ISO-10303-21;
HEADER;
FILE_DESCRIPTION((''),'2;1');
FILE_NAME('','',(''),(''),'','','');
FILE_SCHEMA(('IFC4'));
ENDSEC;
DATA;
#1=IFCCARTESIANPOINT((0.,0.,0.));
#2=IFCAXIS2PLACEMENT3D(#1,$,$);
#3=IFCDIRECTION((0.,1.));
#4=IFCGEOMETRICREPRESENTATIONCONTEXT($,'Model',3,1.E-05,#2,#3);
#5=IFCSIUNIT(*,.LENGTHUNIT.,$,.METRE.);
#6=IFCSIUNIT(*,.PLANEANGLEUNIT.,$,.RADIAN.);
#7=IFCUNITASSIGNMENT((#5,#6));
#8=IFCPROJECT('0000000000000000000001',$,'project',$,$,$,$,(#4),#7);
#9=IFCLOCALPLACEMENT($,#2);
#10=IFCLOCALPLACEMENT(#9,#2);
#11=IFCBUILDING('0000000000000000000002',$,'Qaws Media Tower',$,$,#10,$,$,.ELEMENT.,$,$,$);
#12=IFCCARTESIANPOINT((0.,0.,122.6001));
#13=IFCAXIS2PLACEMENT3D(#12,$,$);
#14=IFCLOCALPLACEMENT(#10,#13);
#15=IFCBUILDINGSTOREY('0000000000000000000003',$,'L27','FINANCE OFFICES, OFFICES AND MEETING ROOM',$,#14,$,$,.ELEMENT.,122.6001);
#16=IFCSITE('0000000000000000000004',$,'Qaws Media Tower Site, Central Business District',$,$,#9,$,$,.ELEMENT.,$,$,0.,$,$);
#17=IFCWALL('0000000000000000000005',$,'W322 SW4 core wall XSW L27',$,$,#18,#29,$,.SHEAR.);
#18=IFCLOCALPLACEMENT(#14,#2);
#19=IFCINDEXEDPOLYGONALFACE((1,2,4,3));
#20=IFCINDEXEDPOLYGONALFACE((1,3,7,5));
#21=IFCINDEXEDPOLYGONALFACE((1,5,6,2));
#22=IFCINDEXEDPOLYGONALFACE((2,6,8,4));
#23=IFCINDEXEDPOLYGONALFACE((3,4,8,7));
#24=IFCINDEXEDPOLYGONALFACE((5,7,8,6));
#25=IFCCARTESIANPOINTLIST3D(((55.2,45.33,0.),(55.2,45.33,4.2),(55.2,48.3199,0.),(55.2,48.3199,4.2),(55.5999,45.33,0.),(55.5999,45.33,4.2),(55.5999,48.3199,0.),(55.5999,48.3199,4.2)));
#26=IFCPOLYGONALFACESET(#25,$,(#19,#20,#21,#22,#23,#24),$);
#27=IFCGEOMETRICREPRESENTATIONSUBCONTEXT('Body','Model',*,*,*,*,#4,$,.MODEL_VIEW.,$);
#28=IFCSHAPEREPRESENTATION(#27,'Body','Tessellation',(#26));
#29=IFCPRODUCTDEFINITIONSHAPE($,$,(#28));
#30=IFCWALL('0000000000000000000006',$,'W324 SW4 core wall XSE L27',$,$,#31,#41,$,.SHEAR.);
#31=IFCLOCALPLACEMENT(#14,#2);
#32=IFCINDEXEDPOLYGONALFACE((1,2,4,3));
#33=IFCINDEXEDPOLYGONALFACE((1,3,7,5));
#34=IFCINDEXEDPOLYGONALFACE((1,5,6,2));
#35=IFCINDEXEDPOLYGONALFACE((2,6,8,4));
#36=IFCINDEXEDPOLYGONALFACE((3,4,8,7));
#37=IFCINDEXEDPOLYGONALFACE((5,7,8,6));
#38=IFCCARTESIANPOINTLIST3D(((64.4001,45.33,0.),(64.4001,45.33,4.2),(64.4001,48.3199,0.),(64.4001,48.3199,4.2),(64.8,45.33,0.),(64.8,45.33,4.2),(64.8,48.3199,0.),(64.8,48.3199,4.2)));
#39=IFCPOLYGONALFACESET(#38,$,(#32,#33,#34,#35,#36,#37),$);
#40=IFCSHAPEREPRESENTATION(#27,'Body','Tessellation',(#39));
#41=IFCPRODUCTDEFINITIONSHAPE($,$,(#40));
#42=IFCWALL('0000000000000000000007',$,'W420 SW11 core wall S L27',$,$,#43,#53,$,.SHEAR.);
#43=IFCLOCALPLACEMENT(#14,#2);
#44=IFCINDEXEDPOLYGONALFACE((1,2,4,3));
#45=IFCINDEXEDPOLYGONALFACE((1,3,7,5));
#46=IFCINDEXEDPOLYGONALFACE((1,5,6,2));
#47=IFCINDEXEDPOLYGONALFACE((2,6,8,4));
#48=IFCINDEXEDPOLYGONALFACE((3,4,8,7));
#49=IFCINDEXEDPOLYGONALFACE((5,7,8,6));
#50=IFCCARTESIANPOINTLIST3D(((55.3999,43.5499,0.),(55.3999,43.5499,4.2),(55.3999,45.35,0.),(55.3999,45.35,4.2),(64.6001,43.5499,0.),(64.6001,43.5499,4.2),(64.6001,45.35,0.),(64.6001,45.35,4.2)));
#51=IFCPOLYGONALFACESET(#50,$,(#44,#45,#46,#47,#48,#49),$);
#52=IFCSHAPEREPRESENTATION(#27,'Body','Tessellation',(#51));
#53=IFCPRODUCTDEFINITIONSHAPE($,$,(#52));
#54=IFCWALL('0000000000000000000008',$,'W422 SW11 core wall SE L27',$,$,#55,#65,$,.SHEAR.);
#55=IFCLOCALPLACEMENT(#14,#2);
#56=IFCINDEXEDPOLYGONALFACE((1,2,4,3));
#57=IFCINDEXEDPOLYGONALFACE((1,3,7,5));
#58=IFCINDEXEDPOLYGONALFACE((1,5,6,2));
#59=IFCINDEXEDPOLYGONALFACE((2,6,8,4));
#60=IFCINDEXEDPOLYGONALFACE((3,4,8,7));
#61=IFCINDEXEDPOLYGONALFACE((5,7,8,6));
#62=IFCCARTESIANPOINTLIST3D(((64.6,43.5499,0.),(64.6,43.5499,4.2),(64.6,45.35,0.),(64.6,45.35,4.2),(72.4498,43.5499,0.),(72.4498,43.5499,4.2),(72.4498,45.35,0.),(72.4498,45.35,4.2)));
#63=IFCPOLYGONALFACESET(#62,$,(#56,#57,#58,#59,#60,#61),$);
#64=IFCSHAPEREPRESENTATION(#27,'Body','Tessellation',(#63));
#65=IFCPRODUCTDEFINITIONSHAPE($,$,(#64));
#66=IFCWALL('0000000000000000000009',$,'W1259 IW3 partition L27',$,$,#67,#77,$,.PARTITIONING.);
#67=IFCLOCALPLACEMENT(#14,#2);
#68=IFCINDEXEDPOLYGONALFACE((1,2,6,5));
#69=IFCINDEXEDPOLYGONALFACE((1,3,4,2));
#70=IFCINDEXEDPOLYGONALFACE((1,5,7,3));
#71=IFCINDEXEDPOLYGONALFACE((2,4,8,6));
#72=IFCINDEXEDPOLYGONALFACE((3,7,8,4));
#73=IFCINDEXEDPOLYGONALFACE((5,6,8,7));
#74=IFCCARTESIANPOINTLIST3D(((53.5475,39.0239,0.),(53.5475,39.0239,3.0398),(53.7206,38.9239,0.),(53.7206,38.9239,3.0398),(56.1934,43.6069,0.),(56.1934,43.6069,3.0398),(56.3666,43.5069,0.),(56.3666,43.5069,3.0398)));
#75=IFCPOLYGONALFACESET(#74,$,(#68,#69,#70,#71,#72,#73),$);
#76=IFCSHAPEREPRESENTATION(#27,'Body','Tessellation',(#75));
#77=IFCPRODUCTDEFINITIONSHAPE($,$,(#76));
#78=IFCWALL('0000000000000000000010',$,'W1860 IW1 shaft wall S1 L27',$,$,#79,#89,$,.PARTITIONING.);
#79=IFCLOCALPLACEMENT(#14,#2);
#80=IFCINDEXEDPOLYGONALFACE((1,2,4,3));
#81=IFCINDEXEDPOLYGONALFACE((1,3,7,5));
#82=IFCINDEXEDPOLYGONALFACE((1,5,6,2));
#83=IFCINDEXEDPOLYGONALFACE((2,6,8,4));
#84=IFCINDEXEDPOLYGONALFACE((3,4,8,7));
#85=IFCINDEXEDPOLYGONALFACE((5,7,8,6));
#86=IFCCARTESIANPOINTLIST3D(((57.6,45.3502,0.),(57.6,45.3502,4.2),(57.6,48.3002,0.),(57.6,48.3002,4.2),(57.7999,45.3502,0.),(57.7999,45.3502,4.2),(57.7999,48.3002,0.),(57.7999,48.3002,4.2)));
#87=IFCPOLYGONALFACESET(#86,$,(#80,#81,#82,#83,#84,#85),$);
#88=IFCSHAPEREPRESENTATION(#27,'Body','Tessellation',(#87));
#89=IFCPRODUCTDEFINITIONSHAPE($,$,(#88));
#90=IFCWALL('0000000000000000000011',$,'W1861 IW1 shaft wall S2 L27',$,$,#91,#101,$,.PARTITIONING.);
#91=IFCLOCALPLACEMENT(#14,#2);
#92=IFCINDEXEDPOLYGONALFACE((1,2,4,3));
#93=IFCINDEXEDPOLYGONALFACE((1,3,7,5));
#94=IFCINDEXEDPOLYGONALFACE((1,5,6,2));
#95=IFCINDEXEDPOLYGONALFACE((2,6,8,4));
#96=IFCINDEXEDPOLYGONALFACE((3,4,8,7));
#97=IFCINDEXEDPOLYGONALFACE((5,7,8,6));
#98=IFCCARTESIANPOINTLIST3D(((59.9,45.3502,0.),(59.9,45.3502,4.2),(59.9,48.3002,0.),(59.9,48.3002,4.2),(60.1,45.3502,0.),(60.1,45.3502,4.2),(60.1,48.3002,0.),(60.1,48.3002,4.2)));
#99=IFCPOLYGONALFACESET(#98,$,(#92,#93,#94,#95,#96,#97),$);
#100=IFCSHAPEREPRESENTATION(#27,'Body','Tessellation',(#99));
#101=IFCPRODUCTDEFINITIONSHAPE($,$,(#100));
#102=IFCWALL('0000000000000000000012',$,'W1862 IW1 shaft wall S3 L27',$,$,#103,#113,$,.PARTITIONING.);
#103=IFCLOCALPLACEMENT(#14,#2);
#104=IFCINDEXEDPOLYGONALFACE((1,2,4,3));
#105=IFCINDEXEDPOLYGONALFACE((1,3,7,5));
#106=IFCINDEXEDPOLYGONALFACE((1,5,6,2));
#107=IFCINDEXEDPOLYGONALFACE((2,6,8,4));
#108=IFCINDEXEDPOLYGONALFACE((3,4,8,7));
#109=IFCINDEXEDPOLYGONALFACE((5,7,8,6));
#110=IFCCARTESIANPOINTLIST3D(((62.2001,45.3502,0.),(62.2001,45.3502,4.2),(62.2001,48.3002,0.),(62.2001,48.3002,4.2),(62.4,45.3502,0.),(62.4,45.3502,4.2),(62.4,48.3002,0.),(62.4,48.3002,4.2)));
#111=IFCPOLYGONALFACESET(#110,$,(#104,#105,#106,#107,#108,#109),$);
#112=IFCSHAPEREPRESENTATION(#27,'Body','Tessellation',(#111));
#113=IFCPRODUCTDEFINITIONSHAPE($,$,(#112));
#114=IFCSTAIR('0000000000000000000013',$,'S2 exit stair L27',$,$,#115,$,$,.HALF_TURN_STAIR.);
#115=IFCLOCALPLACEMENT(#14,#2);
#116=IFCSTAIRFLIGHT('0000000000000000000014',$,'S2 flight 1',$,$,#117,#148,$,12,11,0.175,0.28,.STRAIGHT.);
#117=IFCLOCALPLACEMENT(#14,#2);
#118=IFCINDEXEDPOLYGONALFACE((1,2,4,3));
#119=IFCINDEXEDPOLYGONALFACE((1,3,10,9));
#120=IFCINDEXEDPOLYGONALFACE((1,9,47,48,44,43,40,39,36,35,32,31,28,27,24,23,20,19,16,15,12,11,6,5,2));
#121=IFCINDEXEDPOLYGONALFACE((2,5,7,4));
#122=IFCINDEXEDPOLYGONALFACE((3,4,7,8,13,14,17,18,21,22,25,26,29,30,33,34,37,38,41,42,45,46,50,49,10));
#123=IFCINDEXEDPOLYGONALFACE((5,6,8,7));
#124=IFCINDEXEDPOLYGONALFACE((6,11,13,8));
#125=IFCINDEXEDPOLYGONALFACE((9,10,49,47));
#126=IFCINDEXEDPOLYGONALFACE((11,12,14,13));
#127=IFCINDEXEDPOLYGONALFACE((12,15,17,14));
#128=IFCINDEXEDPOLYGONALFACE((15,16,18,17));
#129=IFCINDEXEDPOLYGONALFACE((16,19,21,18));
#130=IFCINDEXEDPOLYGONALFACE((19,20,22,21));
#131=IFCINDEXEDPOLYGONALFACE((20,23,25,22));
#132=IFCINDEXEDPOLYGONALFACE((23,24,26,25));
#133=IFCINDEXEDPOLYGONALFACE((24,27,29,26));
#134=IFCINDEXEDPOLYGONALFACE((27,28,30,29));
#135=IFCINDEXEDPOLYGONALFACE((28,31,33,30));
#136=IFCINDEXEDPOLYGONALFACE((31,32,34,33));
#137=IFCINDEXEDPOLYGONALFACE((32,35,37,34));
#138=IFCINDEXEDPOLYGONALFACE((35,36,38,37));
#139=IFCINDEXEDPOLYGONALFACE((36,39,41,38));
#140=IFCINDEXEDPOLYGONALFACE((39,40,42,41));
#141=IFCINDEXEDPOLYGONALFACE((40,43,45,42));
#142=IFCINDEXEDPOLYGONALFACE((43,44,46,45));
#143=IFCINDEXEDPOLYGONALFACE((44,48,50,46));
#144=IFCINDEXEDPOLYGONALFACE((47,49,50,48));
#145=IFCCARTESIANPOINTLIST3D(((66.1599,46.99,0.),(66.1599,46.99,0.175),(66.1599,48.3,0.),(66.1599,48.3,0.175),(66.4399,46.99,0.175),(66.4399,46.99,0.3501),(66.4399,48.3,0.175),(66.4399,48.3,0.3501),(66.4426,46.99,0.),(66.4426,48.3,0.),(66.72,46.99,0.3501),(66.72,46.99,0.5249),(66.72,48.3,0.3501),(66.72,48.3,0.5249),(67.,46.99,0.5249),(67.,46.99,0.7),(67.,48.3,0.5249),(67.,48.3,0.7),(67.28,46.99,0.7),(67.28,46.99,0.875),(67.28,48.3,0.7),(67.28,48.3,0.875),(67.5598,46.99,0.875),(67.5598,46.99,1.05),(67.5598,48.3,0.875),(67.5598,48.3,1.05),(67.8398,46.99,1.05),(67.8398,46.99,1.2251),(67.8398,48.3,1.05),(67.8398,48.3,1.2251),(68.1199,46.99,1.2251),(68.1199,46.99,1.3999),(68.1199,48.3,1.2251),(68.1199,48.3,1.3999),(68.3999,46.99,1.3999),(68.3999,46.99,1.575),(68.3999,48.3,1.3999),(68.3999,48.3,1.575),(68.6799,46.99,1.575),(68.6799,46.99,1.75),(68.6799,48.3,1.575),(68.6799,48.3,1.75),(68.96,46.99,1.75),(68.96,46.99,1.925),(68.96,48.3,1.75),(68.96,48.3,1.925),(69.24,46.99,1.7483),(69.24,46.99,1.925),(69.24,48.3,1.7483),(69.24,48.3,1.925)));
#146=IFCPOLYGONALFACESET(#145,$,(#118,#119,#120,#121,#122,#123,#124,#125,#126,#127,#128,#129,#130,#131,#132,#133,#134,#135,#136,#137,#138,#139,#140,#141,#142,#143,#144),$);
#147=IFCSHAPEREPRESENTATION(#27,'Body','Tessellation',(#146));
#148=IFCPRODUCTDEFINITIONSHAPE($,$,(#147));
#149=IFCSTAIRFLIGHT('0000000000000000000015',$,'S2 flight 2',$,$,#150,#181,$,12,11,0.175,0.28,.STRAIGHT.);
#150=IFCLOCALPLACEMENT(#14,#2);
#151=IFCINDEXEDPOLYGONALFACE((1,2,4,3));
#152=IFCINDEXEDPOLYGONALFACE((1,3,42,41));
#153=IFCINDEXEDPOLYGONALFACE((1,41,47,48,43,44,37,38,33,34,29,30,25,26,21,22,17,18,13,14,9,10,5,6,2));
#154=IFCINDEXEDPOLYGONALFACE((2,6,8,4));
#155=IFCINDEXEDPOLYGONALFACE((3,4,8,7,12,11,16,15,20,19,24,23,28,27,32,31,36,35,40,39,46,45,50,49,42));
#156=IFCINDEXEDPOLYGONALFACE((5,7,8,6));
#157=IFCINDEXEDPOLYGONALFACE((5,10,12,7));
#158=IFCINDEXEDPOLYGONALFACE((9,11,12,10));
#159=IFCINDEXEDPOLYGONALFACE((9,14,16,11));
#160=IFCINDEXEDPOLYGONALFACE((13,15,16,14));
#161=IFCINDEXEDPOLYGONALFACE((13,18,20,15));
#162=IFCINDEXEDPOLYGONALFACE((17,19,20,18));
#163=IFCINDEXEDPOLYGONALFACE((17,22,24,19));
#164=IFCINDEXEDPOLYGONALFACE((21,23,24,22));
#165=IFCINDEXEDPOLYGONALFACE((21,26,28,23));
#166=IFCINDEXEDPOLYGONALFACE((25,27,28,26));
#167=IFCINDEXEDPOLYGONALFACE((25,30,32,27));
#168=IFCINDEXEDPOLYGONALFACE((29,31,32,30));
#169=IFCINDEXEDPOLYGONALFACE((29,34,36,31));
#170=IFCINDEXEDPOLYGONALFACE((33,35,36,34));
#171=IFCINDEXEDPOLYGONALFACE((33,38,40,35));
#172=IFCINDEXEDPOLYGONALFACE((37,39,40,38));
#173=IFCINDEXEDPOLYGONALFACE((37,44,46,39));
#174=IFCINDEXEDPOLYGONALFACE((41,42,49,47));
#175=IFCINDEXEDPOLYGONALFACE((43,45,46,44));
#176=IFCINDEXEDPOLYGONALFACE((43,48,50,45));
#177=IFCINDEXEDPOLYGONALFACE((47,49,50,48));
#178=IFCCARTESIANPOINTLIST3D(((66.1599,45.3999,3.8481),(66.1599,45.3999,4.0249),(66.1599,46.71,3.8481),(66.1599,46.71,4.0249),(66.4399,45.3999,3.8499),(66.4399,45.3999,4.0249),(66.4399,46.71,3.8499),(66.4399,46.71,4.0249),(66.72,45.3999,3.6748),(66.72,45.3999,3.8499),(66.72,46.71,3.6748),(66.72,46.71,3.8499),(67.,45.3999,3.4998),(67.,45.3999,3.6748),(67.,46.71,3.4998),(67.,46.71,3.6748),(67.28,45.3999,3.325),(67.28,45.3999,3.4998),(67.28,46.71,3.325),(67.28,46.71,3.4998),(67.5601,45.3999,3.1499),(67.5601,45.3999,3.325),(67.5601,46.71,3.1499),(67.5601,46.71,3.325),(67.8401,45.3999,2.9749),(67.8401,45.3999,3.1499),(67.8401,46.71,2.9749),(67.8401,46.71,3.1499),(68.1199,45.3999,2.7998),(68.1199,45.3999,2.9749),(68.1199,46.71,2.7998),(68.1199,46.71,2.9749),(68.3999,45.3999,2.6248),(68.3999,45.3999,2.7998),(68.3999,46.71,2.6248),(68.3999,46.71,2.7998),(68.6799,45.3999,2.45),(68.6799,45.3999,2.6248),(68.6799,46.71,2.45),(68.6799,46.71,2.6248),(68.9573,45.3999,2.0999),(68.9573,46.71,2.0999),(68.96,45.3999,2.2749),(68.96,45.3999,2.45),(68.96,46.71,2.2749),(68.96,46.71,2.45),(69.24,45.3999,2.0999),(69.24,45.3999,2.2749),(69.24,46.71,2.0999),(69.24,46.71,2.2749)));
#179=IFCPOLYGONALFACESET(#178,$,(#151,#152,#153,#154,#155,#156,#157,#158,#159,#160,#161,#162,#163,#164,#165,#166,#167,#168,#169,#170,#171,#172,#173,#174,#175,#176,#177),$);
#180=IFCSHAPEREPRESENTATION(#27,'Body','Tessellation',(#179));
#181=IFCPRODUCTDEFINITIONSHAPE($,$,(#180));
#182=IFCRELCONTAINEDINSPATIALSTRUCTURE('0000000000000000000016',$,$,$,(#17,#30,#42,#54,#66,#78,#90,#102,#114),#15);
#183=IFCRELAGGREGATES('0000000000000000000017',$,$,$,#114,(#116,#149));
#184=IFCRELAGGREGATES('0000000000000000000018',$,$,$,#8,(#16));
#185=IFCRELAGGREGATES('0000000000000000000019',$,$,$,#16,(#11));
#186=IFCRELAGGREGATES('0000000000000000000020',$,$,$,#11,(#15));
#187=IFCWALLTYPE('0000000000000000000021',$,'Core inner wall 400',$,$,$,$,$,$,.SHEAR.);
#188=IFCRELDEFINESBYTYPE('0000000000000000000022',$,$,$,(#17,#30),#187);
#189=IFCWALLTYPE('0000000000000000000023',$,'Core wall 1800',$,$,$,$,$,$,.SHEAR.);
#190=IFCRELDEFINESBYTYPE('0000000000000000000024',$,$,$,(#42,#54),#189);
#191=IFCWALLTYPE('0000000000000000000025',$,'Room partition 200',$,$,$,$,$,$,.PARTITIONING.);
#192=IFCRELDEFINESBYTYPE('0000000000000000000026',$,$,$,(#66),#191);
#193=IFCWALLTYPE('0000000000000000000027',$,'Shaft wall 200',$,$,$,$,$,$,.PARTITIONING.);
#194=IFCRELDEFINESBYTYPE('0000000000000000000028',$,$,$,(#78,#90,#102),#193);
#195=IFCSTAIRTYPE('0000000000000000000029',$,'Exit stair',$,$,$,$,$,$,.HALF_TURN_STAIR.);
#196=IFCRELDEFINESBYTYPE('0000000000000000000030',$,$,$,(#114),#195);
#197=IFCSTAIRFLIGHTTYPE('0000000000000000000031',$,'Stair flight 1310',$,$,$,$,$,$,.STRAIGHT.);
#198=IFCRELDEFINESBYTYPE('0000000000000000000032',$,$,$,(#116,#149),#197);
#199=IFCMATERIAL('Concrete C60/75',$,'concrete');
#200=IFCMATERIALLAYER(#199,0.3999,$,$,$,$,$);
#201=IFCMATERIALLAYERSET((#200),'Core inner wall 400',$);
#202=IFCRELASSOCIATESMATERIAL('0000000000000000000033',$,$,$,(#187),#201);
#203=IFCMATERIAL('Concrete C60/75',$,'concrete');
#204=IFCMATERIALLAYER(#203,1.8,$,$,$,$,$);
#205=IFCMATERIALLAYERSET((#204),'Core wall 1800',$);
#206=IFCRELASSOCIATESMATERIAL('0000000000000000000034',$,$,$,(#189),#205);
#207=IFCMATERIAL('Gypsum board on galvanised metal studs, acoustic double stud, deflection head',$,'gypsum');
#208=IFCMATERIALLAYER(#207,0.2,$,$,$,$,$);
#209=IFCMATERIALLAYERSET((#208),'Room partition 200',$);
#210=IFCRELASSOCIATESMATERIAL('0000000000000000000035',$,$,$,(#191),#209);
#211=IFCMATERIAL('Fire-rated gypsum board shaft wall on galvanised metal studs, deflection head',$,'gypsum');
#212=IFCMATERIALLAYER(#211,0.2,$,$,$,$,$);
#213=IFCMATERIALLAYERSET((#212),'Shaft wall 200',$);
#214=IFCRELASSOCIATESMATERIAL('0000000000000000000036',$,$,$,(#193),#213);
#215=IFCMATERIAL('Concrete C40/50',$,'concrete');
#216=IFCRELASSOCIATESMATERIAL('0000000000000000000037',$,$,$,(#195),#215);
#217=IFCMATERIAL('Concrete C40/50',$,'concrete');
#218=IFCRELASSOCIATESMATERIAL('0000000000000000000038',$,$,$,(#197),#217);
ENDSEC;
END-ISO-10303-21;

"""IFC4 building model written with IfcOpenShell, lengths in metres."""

from ifc_helpers import new_model, si_unit, direction, frame, frame_2d, origin, place, context, subcontext, project, spatial, polyline, rectangle, outline, extrude, material, layer, layer_set, type_object, element, aggregate, save


model = new_model("IFC4")

# Units and contexts
model_context = context("Model", 3, precision=1e-05, world=origin(), true_north=direction((0.0, 1.0)))
body_context = subcontext(model_context, "Body", "Model", "MODEL_VIEW")
ifc_project = project(units=[si_unit("LENGTHUNIT", "METRE"), si_unit("PLANEANGLEUNIT", "RADIAN")], contexts=[model_context])

# Site, building, storey
site_placement = place(None, origin())
site = spatial("IfcSite", under=ifc_project, at=site_placement, Name="Qaws Media Tower Site, Central Business District", CompositionType="ELEMENT", RefElevation=0.0)
building_placement = place(site_placement, origin())
building = spatial("IfcBuilding", under=site, at=building_placement, Name="Qaws Media Tower", CompositionType="ELEMENT")
storey_placement = place(building_placement, frame((0.0, 0.0, 122.6001)))
storey = spatial("IfcBuildingStorey", under=building, at=storey_placement, Name="L27", Description="FINANCE OFFICES, OFFICES AND MEETING ROOM", CompositionType="ELEMENT", Elevation=122.6001)

# Walls
ifc_material_1 = material(Name="Concrete C60/75", Category="concrete")
ifc_layer_1 = layer(ifc_material_1, 0.3999)
ifc_layer_set_1 = layer_set([ifc_layer_1], Name="Core inner wall 400")
wall_type_1 = type_object("IfcWallType", Name="Core inner wall 400", PredefinedType="SHEAR", material=ifc_layer_set_1)
for number, where, z_axis, x_axis, name in (
    (1, (55.3999, 48.3201, 0.0), (0.0, 0.0, 1.0), (0.0, -1.0, 0.0), "W322 SW4 core wall XSW L27"),
    (2, (64.6001, 48.3201, 0.0), (0.0, 0.0, 1.0), (0.0, -1.0, 0.0), "W324 SW4 core wall XSE L27"),
):
    element("IfcWall", number, at=place(storey_placement, frame(where, z_axis=z_axis, x_axis=x_axis)), inside=storey, type_object=wall_type_1, Name=name, PredefinedType="SHEAR", context=body_context, shape_type="SweptSolid", body=[
        extrude(rectangle(XDim=2.99, YDim=0.3999, at=frame_2d((1.4951, 0.0))), origin(), (0.0, 0.0, 1.0), 4.2),
    ])
ifc_material_2 = material(Name="Concrete C60/75", Category="concrete")
ifc_layer_2 = layer(ifc_material_2, 1.8)
ifc_layer_set_2 = layer_set([ifc_layer_2], Name="Core wall 1800")
wall_type_2 = type_object("IfcWallType", Name="Core wall 1800", PredefinedType="SHEAR", material=ifc_layer_set_2)
wall_1_placement = place(storey_placement, frame((55.3999, 44.45, 0.0), z_axis=(0.0, 0.0, 1.0), x_axis=(1.0, 0.0, 0.0)))
element("IfcWall", 3, at=wall_1_placement, inside=storey, type_object=wall_type_2, Name="W420 SW11 core wall S L27", PredefinedType="SHEAR", context=body_context, shape_type="SweptSolid", body=[
    extrude(rectangle(XDim=9.2002, YDim=1.8, at=frame_2d((4.6001, 0.0))), origin(), (0.0, 0.0, 1.0), 4.2),
])
wall_2_placement = place(storey_placement, frame((64.6001, 44.45, 0.0), z_axis=(0.0, 0.0, 1.0), x_axis=(1.0, 0.0, 0.0)))
element("IfcWall", 4, at=wall_2_placement, inside=storey, type_object=wall_type_2, Name="W422 SW11 core wall SE L27", PredefinedType="SHEAR", context=body_context, shape_type="SweptSolid", body=[
    extrude(rectangle(XDim=7.8499, YDim=1.8, at=frame_2d((3.9248, 0.0))), origin(), (0.0, 0.0, 1.0), 4.2),
])
ifc_material_3 = material(Name="Gypsum board on galvanised metal studs, acoustic double stud, deflection head", Category="gypsum")
ifc_layer_3 = layer(ifc_material_3, 0.2)
ifc_layer_set_3 = layer_set([ifc_layer_3], Name="Room partition 200")
wall_type_3 = type_object("IfcWallType", Name="Room partition 200", PredefinedType="PARTITIONING", material=ifc_layer_set_3)
wall_3_placement = place(storey_placement, frame((56.28, 43.5569, 0.0), z_axis=(0.0, 0.0, 1.0), x_axis=(-0.499999, -0.866026, 0.0)))
element("IfcWall", 5, at=wall_3_placement, inside=storey, type_object=wall_type_3, Name="W1259 IW3 partition L27", PredefinedType="PARTITIONING", context=body_context, shape_type="SweptSolid", body=[
    extrude(rectangle(XDim=5.292, YDim=0.2, at=frame_2d((2.646, 0.0))), origin(), (0.0, 0.0, 1.0), 3.0398),
])
ifc_material_4 = material(Name="Fire-rated gypsum board shaft wall on galvanised metal studs, deflection head", Category="gypsum")
ifc_layer_4 = layer(ifc_material_4, 0.2)
ifc_layer_set_4 = layer_set([ifc_layer_4], Name="Shaft wall 200")
wall_type_4 = type_object("IfcWallType", Name="Shaft wall 200", PredefinedType="PARTITIONING", material=ifc_layer_set_4)
for number, where, z_axis, x_axis, name in (
    (6, (57.7, 45.3501, 0.0), (0.0, 0.0, 1.0), (0.0, 1.0, 0.0), "W1860 IW1 shaft wall S1 L27"),
    (7, (60.0, 45.3501, 0.0), (0.0, 0.0, 1.0), (0.0, 1.0, 0.0), "W1861 IW1 shaft wall S2 L27"),
    (8, (62.3, 45.3501, 0.0), (0.0, 0.0, 1.0), (0.0, 1.0, 0.0), "W1862 IW1 shaft wall S3 L27"),
):
    element("IfcWall", number, at=place(storey_placement, frame(where, z_axis=z_axis, x_axis=x_axis)), inside=storey, type_object=wall_type_4, Name=name, PredefinedType="PARTITIONING", context=body_context, shape_type="SweptSolid", body=[
        extrude(rectangle(XDim=2.95, YDim=0.2, at=frame_2d((1.4751, 0.0))), origin(), (0.0, 0.0, 1.0), 4.2),
    ])

# Stair, stair flights
ifc_material_5 = material(Name="Concrete C40/50", Category="concrete")
stair_type = type_object("IfcStairType", Name="Exit stair", PredefinedType="HALF_TURN_STAIR", material=ifc_material_5)
stair_placement = place(storey_placement, origin())
stair = element("IfcStair", 9, at=stair_placement, inside=storey, type_object=stair_type, Name="S2 exit stair L27", PredefinedType="HALF_TURN_STAIR")
ifc_material_6 = material(Name="Concrete C40/50", Category="concrete")
stair_flight_type = type_object("IfcStairFlightType", Name="Stair flight 1310", PredefinedType="STRAIGHT", material=ifc_material_6)
stair_flight_1_placement = place(storey_placement, frame((66.1599, 47.645, 0.0), z_axis=(0.0, 0.0, 1.0), x_axis=(1.0, 0.0, 0.0)))
stair_flight_1 = element("IfcStairFlight", 10, at=stair_flight_1_placement, type_object=stair_flight_type, Name="S2 flight 1", NumberOfRisers=12, NumberOfTreads=11, PredefinedType="STRAIGHT", RiserHeight=0.175, TreadLength=0.28, context=body_context, shape_type="SweptSolid", body=[
    extrude(outline(polyline([(0.0, 0.0), (0.0, 0.175), (0.28, 0.175), (0.28, 0.3501), (0.5601, 0.3501), (0.5601, 0.5249), (0.8401, 0.5249), (0.8401, 0.7), (1.1201, 0.7), (1.1201, 0.875), (1.3999, 0.875), (1.3999, 1.05), (1.6799, 1.05), (1.6799, 1.2251), (1.96, 1.2251), (1.96, 1.3999), (2.24, 1.3999), (2.24, 1.575), (2.52, 1.575), (2.52, 1.75), (2.8, 1.75), (2.8, 1.925), (3.0801, 1.925), (3.0801, 2.1001), (3.0801, 1.7483), (0.2827, 0.0), (0.0, 0.0)])), frame((0.0, 0.655, 0.0), z_axis=(0.0, -1.0, 0.0), x_axis=(1.0, 0.0, 0.0)), (0.0, 0.0, 1.0), 1.3101),
])
stair_flight_2_placement = place(storey_placement, frame((69.24, 46.0549, 2.0999), z_axis=(0.0, 0.0, 1.0), x_axis=(-1.0, 0.0, 0.0)))
stair_flight_2 = element("IfcStairFlight", 11, at=stair_flight_2_placement, type_object=stair_flight_type, Name="S2 flight 2", NumberOfRisers=12, NumberOfTreads=11, PredefinedType="STRAIGHT", RiserHeight=0.175, TreadLength=0.28, context=body_context, shape_type="SweptSolid", body=[
    extrude(outline(polyline([(0.0, 0.0), (0.0, 0.175), (0.28, 0.175), (0.28, 0.3501), (0.5601, 0.3501), (0.5601, 0.5249), (0.8401, 0.5249), (0.8401, 0.7), (1.1201, 0.7), (1.1201, 0.875), (1.3999, 0.875), (1.3999, 1.05), (1.6799, 1.05), (1.6799, 1.2251), (1.96, 1.2251), (1.96, 1.3999), (2.24, 1.3999), (2.24, 1.575), (2.52, 1.575), (2.52, 1.75), (2.8, 1.75), (2.8, 1.925), (3.0801, 1.925), (3.0801, 2.1001), (3.0801, 1.7483), (0.2827, 0.0), (0.0, 0.0)])), frame((0.0, 0.655, 0.0), z_axis=(0.0, -1.0, 0.0), x_axis=(1.0, 0.0, 0.0)), (0.0, 0.0, 1.0), 1.3101),
])
aggregate(stair, [stair_flight_1, stair_flight_2])

save(model, "model.ifc")
